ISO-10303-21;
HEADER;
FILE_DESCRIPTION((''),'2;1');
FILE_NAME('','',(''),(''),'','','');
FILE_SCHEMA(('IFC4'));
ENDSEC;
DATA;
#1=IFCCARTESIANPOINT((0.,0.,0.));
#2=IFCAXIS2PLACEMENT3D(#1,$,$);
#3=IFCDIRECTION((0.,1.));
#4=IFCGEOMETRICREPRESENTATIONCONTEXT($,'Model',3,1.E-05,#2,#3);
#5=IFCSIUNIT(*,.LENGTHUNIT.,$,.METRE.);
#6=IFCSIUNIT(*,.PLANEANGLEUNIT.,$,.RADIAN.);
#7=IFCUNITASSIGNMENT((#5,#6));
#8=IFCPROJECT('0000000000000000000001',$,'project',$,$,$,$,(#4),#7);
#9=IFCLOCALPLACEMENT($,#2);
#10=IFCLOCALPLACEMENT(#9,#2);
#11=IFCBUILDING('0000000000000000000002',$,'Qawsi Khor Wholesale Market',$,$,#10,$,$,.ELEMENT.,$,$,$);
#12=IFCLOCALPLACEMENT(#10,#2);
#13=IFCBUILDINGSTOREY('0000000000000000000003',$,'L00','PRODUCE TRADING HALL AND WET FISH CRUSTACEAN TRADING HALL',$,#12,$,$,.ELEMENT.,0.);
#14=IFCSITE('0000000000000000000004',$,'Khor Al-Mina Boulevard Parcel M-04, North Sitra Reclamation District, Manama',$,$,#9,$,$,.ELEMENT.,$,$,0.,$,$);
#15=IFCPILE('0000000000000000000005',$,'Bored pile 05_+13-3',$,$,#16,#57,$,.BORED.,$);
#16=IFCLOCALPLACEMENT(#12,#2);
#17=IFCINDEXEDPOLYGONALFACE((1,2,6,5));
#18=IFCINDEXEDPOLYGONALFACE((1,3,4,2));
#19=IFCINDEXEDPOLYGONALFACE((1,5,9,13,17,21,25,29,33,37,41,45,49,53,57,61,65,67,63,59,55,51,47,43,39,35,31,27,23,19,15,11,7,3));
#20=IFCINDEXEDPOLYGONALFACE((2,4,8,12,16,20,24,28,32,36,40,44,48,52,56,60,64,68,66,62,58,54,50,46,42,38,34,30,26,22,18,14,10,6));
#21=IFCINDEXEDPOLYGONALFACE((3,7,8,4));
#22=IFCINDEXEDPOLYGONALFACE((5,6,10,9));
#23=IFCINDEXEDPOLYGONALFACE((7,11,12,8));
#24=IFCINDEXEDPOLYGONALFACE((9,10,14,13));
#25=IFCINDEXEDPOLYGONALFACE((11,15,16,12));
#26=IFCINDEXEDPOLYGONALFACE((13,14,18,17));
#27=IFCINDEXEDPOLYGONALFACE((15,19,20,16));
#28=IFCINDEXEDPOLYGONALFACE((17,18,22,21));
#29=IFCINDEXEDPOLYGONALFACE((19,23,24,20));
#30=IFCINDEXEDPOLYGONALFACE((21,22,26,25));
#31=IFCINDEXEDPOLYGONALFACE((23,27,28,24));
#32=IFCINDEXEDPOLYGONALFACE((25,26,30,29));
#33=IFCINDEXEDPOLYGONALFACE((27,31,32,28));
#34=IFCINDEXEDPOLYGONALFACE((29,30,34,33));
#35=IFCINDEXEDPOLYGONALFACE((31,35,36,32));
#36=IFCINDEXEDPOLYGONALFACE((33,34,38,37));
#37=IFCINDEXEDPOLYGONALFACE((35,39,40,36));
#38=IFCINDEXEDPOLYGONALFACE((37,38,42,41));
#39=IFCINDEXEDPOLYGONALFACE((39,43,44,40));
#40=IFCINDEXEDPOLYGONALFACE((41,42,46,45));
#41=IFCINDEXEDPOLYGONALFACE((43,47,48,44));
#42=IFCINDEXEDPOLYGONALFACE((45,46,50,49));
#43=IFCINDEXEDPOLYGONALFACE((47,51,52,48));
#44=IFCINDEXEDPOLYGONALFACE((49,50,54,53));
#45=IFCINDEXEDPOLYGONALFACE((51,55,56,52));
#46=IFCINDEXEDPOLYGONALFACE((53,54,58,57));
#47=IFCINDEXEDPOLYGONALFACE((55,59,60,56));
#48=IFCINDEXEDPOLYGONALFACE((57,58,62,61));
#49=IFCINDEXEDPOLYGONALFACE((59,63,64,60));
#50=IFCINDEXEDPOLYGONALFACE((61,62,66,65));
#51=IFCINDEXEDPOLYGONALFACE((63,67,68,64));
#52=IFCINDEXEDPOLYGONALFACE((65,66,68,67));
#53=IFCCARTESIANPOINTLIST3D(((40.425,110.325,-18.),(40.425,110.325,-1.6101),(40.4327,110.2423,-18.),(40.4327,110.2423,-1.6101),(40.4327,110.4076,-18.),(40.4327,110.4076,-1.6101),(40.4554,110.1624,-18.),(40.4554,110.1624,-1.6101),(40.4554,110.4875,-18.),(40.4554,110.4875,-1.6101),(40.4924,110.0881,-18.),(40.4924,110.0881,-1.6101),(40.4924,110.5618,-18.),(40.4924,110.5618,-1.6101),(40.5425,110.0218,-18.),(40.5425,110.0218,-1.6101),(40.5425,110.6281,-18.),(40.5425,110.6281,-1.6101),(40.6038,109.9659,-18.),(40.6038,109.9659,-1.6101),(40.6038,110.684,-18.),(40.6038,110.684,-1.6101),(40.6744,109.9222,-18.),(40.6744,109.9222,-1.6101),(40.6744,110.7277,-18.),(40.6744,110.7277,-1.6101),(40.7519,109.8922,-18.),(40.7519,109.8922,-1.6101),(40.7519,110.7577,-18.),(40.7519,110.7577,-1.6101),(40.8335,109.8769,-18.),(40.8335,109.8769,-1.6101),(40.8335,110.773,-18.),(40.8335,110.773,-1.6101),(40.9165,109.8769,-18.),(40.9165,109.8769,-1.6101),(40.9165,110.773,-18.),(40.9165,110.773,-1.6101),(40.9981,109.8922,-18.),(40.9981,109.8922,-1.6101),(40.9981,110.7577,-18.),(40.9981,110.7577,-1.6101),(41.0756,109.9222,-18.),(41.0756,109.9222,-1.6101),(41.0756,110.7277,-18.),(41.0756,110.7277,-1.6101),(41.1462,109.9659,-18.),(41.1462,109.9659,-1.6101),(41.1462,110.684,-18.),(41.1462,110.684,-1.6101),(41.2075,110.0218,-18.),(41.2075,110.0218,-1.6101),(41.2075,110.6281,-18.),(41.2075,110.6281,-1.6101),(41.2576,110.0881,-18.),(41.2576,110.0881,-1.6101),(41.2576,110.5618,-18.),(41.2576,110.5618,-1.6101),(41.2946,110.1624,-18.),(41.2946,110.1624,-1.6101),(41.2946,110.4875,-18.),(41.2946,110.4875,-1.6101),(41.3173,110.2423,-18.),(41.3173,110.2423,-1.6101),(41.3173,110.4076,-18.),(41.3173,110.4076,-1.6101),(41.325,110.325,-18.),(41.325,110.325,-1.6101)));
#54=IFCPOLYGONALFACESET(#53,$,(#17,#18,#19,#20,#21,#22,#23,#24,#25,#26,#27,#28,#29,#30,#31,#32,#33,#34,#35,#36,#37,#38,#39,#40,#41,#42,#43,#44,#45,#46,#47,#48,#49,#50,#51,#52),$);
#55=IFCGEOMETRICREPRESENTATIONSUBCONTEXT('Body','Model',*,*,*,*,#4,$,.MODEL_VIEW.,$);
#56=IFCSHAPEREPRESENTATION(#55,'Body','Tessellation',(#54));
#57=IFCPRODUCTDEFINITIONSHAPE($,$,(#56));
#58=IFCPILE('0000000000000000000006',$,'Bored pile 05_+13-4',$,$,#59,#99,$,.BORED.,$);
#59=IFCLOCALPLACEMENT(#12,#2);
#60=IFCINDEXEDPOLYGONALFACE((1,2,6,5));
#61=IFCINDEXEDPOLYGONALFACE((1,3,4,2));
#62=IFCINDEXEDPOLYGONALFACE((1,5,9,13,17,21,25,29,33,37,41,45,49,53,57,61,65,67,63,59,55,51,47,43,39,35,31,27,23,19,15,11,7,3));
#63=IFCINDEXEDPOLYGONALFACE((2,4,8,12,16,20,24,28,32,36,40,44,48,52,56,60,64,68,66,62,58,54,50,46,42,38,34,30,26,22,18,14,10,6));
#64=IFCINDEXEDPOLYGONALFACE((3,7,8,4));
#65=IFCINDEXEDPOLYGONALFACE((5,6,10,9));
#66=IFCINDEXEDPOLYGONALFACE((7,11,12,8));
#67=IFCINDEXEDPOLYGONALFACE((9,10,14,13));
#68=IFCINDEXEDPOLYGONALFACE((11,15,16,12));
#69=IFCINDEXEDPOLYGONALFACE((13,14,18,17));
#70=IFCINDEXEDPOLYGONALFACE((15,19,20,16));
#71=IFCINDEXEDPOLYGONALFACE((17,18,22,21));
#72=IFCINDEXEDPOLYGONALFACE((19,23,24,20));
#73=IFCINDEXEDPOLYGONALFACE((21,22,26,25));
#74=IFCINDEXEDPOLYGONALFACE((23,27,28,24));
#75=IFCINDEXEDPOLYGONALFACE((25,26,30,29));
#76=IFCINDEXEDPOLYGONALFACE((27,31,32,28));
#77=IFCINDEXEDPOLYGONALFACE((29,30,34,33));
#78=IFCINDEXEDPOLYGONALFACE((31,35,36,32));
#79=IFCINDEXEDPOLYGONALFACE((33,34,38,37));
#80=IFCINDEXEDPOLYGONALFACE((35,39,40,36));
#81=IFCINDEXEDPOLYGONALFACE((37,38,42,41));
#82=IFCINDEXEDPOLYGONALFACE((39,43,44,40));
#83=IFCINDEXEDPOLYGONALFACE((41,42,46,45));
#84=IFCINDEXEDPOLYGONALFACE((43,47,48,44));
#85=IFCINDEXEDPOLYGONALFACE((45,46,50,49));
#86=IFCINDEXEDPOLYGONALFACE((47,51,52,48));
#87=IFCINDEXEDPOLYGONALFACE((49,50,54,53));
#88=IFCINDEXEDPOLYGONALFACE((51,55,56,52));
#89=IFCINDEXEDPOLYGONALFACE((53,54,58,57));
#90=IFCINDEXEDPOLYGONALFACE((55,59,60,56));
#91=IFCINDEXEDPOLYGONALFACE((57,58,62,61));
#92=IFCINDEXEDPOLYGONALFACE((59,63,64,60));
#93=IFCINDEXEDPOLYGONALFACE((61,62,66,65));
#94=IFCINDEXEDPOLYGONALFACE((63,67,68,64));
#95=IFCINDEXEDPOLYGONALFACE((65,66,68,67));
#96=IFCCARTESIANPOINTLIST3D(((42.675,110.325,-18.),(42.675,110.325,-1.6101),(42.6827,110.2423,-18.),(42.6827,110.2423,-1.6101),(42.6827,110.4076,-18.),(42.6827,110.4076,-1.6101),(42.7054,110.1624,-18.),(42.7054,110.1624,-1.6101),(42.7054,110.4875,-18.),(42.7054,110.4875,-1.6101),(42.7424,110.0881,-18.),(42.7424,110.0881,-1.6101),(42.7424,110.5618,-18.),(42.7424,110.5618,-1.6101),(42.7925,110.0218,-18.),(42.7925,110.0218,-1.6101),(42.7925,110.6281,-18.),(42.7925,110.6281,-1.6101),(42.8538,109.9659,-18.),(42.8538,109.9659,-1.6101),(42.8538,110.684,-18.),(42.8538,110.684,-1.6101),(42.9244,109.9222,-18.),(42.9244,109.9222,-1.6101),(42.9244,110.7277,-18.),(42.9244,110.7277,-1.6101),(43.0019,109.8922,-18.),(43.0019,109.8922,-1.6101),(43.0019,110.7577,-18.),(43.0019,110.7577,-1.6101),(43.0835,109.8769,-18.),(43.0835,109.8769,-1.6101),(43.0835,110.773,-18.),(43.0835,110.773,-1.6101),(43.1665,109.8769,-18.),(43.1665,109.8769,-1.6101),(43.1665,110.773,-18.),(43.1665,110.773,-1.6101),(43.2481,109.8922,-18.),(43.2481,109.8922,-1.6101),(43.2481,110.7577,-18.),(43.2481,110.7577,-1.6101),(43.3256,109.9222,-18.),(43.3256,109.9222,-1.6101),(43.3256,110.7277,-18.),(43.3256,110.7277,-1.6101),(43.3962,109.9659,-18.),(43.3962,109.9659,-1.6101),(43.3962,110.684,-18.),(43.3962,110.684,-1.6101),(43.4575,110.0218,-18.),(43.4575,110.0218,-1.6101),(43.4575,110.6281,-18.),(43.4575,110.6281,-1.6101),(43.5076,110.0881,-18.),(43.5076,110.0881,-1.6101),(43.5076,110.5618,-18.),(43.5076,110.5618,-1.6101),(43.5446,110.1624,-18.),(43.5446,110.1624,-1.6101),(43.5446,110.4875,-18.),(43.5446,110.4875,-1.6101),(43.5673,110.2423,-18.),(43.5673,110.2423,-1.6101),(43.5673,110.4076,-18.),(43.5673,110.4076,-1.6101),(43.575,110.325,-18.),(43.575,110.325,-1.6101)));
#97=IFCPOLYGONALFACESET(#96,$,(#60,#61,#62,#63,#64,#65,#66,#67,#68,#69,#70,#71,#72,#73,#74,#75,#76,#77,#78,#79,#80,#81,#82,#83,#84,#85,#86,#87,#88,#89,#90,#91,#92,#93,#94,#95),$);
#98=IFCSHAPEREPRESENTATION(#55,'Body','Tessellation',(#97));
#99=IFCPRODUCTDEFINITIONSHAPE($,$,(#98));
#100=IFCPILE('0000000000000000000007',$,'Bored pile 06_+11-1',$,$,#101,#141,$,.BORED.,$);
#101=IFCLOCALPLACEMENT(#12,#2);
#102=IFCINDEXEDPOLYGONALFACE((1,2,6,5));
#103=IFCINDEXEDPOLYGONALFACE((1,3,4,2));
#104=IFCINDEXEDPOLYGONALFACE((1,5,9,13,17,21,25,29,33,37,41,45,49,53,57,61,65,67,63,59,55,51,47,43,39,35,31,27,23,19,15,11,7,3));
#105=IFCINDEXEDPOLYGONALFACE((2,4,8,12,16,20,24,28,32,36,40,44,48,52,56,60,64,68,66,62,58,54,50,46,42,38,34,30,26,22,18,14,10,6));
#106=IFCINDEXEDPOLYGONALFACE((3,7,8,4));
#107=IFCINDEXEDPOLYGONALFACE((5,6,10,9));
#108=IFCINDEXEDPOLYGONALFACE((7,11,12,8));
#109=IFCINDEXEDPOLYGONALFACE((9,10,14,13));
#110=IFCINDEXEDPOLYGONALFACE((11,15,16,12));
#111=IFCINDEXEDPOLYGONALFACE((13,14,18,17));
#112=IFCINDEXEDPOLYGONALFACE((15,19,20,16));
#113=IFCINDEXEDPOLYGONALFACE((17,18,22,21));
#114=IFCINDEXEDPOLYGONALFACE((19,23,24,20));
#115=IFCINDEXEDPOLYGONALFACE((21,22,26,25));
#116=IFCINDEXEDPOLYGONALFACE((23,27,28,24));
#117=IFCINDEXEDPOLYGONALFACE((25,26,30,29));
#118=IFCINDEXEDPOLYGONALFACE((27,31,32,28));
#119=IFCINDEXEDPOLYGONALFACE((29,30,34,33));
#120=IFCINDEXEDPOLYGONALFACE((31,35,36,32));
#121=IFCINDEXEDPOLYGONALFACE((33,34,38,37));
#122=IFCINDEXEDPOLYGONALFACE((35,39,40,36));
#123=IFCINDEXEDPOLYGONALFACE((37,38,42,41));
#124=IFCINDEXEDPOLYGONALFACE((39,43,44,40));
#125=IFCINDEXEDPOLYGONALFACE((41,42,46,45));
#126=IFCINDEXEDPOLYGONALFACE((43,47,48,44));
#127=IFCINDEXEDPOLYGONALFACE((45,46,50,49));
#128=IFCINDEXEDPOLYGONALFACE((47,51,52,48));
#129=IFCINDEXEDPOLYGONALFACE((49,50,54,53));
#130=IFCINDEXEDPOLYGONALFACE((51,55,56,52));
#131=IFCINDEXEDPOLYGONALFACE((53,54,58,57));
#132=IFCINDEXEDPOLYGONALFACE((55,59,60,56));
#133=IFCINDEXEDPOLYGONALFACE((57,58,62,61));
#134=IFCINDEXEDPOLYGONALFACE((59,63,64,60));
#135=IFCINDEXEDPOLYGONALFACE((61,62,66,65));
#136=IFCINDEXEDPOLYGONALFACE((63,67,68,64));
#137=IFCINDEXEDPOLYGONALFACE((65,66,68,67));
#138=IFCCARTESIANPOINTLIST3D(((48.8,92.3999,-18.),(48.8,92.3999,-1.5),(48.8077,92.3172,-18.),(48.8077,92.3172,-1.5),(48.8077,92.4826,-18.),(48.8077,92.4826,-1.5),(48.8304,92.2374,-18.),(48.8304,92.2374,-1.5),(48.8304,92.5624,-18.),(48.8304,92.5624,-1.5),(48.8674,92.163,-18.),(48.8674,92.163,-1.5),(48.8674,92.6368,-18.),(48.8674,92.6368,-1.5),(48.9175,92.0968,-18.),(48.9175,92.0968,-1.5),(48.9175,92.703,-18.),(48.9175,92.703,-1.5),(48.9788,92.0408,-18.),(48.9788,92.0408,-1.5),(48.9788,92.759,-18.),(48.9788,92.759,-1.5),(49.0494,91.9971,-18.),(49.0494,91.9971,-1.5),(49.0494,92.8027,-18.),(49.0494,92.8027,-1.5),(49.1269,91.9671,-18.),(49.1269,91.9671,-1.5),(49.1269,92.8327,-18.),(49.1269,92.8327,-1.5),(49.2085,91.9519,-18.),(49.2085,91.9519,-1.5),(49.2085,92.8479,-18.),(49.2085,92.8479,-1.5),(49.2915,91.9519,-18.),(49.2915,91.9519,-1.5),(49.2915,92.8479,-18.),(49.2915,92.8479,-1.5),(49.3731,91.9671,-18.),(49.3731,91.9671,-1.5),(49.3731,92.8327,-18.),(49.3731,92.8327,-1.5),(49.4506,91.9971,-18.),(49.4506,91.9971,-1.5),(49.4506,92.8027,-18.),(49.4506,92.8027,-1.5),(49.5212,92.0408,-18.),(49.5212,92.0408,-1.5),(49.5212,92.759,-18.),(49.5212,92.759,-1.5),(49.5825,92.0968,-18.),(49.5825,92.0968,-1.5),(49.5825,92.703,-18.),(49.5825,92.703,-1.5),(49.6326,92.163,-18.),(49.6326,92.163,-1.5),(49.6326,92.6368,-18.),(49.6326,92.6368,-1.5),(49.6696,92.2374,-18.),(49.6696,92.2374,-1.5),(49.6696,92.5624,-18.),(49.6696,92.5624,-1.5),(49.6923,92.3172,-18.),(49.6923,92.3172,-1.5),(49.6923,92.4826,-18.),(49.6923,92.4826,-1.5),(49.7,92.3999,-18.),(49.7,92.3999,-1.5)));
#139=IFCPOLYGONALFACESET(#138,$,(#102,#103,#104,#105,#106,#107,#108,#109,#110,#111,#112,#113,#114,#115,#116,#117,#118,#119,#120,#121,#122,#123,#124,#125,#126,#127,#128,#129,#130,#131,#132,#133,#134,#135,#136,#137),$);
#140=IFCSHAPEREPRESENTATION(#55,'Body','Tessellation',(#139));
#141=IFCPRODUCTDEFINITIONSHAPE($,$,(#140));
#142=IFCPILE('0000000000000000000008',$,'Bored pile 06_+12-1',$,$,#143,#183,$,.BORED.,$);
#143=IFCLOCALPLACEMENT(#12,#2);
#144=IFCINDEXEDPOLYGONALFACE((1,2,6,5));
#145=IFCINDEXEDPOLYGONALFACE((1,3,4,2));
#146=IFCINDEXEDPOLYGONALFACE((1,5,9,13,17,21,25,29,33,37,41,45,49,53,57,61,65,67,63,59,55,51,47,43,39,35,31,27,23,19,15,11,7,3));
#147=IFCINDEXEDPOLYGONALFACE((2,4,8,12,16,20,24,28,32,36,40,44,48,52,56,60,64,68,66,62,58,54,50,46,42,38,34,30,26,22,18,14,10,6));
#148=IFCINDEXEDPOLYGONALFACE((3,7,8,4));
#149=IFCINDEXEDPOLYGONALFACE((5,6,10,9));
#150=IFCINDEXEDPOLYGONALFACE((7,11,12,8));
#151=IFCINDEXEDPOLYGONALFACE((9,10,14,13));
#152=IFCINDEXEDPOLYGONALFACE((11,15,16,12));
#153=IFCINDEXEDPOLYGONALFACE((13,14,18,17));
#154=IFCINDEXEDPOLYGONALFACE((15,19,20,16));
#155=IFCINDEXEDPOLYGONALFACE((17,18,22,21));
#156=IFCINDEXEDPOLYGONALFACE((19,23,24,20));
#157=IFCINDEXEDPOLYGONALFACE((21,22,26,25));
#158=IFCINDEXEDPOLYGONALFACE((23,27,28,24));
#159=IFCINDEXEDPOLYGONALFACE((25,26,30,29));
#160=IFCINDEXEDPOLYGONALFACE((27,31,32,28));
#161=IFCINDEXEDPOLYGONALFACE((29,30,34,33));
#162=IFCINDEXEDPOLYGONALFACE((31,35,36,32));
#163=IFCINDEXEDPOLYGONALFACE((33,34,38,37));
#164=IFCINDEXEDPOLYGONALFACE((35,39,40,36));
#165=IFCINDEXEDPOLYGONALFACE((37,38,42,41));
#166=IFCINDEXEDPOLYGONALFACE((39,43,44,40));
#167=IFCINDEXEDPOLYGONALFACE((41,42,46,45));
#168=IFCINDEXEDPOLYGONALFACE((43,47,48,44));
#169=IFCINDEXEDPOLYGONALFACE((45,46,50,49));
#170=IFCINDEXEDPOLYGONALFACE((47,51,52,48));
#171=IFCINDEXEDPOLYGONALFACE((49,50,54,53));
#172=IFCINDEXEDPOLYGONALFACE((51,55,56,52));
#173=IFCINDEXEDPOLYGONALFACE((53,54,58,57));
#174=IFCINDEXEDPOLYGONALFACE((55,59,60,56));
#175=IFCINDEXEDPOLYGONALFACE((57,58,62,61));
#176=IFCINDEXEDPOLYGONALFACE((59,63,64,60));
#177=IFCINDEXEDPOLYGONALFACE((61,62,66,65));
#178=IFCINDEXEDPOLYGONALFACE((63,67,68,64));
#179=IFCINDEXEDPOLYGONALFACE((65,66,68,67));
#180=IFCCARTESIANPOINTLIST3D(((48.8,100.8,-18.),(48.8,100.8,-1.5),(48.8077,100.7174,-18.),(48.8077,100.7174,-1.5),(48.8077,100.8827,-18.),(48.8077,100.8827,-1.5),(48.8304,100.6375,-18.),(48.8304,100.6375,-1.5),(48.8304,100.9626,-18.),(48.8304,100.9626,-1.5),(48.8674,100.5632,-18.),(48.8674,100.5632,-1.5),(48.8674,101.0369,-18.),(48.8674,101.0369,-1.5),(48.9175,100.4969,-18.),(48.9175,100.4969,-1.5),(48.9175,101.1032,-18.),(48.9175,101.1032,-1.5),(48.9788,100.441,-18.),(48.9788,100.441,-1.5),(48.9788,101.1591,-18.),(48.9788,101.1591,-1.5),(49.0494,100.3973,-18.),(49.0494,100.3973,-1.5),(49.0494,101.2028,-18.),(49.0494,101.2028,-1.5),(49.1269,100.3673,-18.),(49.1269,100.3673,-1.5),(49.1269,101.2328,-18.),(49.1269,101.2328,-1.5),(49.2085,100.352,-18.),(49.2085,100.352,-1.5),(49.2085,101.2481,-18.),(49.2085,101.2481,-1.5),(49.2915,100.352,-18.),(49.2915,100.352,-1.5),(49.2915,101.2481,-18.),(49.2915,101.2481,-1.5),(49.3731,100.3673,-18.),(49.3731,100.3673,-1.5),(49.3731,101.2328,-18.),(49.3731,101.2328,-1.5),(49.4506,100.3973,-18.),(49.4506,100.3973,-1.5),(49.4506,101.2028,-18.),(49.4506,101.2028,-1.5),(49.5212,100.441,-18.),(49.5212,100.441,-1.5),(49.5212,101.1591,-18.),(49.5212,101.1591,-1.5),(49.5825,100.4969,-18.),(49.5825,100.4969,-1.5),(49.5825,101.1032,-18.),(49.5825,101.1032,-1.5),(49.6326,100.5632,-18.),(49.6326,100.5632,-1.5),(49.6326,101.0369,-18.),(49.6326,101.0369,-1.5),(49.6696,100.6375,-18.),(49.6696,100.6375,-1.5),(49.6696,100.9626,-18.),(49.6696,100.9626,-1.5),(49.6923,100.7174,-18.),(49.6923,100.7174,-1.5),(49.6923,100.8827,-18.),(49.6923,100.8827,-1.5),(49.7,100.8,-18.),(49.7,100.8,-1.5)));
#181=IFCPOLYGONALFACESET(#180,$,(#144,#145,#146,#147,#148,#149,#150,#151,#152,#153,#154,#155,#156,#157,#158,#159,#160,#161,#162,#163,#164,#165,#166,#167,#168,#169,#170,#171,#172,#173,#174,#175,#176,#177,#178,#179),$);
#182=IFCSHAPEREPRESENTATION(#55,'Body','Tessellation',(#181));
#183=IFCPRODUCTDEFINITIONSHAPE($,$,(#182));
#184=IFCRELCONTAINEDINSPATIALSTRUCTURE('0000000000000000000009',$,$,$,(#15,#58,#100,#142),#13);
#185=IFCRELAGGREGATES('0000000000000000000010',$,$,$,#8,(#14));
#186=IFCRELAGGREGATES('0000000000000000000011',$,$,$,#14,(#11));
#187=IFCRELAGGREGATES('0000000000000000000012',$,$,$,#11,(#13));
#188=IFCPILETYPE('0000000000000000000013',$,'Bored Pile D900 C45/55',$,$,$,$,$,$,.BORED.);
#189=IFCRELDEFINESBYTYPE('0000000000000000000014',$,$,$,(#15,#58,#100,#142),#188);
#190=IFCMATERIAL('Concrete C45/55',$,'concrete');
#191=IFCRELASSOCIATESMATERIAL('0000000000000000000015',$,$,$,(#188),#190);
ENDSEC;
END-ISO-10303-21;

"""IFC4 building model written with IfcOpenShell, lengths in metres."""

from ifc_helpers import new_model, si_unit, direction, frame, origin, origin_2d, place, context, subcontext, project, spatial, circle, extrude, material, material_profile, profile_set, type_object, element, save


model = new_model("IFC4")

# Units and contexts
model_context = context("Model", 3, precision=1e-05, world=origin(), true_north=direction((0.0, 1.0)))
body_context = subcontext(model_context, "Body", "Model", "MODEL_VIEW")
ifc_project = project(units=[si_unit("LENGTHUNIT", "METRE"), si_unit("PLANEANGLEUNIT", "RADIAN")], contexts=[model_context])

# Site, building, storey
site_placement = place(None, origin())
site = spatial("IfcSite", under=ifc_project, at=site_placement, Name="Khor Al-Mina Boulevard Parcel M-04, North Sitra Reclamation District, Manama", CompositionType="ELEMENT", RefElevation=0.0)
building_placement = place(site_placement, origin())
building = spatial("IfcBuilding", under=site, at=building_placement, Name="Qawsi Khor Wholesale Market", CompositionType="ELEMENT")
storey_placement = place(building_placement, origin())
storey = spatial("IfcBuildingStorey", under=building, at=storey_placement, Name="L00", Description="PRODUCE TRADING HALL AND WET FISH CRUSTACEAN TRADING HALL", CompositionType="ELEMENT", Elevation=0.0)

# Piles
ifc_material_1 = material(Name="Concrete C45/55", Category="concrete")
ifc_material_profile_1 = material_profile(ifc_material_1, circle(Radius=0.45, at=origin_2d()), Name="PILE D900")
ifc_profile_set_1 = profile_set([ifc_material_profile_1], Name="Concrete C45/55")
pile_type = type_object("IfcPileType", Name="Bored Pile D900 C45/55", PredefinedType="BORED", material=ifc_profile_set_1)
for number, where, z_axis, x_axis, name in (
    (1, (40.875, 110.325, -1.6101), (0.0, 0.0, -1.0), (1.0, 0.0, 0.0), "Bored pile 05_+13-3"),
    (2, (43.125, 110.325, -1.6101), (0.0, 0.0, -1.0), (1.0, 0.0, 0.0), "Bored pile 05_+13-4"),
):
    element("IfcPile", number, at=place(storey_placement, frame(where, z_axis=z_axis, x_axis=x_axis)), inside=storey, type_object=pile_type, Name=name, PredefinedType="BORED", context=body_context, shape_type="SweptSolid", body=[
        extrude(circle(Radius=0.45, at=origin_2d()), origin(), (0.0, 0.0, 1.0), 16.3899),
    ])
for number, where, z_axis, x_axis, name in (
    (3, (49.25, 92.3999, -1.5), (0.0, 0.0, -1.0), (1.0, 0.0, 0.0), "Bored pile 06_+11-1"),
    (4, (49.25, 100.8, -1.5), (0.0, 0.0, -1.0), (1.0, 0.0, 0.0), "Bored pile 06_+12-1"),
):
    element("IfcPile", number, at=place(storey_placement, frame(where, z_axis=z_axis, x_axis=x_axis)), inside=storey, type_object=pile_type, Name=name, PredefinedType="BORED", context=body_context, shape_type="SweptSolid", body=[
        extrude(circle(Radius=0.45, at=origin_2d()), origin(), (0.0, 0.0, 1.0), 16.5),
    ])

save(model, "model.ifc")
